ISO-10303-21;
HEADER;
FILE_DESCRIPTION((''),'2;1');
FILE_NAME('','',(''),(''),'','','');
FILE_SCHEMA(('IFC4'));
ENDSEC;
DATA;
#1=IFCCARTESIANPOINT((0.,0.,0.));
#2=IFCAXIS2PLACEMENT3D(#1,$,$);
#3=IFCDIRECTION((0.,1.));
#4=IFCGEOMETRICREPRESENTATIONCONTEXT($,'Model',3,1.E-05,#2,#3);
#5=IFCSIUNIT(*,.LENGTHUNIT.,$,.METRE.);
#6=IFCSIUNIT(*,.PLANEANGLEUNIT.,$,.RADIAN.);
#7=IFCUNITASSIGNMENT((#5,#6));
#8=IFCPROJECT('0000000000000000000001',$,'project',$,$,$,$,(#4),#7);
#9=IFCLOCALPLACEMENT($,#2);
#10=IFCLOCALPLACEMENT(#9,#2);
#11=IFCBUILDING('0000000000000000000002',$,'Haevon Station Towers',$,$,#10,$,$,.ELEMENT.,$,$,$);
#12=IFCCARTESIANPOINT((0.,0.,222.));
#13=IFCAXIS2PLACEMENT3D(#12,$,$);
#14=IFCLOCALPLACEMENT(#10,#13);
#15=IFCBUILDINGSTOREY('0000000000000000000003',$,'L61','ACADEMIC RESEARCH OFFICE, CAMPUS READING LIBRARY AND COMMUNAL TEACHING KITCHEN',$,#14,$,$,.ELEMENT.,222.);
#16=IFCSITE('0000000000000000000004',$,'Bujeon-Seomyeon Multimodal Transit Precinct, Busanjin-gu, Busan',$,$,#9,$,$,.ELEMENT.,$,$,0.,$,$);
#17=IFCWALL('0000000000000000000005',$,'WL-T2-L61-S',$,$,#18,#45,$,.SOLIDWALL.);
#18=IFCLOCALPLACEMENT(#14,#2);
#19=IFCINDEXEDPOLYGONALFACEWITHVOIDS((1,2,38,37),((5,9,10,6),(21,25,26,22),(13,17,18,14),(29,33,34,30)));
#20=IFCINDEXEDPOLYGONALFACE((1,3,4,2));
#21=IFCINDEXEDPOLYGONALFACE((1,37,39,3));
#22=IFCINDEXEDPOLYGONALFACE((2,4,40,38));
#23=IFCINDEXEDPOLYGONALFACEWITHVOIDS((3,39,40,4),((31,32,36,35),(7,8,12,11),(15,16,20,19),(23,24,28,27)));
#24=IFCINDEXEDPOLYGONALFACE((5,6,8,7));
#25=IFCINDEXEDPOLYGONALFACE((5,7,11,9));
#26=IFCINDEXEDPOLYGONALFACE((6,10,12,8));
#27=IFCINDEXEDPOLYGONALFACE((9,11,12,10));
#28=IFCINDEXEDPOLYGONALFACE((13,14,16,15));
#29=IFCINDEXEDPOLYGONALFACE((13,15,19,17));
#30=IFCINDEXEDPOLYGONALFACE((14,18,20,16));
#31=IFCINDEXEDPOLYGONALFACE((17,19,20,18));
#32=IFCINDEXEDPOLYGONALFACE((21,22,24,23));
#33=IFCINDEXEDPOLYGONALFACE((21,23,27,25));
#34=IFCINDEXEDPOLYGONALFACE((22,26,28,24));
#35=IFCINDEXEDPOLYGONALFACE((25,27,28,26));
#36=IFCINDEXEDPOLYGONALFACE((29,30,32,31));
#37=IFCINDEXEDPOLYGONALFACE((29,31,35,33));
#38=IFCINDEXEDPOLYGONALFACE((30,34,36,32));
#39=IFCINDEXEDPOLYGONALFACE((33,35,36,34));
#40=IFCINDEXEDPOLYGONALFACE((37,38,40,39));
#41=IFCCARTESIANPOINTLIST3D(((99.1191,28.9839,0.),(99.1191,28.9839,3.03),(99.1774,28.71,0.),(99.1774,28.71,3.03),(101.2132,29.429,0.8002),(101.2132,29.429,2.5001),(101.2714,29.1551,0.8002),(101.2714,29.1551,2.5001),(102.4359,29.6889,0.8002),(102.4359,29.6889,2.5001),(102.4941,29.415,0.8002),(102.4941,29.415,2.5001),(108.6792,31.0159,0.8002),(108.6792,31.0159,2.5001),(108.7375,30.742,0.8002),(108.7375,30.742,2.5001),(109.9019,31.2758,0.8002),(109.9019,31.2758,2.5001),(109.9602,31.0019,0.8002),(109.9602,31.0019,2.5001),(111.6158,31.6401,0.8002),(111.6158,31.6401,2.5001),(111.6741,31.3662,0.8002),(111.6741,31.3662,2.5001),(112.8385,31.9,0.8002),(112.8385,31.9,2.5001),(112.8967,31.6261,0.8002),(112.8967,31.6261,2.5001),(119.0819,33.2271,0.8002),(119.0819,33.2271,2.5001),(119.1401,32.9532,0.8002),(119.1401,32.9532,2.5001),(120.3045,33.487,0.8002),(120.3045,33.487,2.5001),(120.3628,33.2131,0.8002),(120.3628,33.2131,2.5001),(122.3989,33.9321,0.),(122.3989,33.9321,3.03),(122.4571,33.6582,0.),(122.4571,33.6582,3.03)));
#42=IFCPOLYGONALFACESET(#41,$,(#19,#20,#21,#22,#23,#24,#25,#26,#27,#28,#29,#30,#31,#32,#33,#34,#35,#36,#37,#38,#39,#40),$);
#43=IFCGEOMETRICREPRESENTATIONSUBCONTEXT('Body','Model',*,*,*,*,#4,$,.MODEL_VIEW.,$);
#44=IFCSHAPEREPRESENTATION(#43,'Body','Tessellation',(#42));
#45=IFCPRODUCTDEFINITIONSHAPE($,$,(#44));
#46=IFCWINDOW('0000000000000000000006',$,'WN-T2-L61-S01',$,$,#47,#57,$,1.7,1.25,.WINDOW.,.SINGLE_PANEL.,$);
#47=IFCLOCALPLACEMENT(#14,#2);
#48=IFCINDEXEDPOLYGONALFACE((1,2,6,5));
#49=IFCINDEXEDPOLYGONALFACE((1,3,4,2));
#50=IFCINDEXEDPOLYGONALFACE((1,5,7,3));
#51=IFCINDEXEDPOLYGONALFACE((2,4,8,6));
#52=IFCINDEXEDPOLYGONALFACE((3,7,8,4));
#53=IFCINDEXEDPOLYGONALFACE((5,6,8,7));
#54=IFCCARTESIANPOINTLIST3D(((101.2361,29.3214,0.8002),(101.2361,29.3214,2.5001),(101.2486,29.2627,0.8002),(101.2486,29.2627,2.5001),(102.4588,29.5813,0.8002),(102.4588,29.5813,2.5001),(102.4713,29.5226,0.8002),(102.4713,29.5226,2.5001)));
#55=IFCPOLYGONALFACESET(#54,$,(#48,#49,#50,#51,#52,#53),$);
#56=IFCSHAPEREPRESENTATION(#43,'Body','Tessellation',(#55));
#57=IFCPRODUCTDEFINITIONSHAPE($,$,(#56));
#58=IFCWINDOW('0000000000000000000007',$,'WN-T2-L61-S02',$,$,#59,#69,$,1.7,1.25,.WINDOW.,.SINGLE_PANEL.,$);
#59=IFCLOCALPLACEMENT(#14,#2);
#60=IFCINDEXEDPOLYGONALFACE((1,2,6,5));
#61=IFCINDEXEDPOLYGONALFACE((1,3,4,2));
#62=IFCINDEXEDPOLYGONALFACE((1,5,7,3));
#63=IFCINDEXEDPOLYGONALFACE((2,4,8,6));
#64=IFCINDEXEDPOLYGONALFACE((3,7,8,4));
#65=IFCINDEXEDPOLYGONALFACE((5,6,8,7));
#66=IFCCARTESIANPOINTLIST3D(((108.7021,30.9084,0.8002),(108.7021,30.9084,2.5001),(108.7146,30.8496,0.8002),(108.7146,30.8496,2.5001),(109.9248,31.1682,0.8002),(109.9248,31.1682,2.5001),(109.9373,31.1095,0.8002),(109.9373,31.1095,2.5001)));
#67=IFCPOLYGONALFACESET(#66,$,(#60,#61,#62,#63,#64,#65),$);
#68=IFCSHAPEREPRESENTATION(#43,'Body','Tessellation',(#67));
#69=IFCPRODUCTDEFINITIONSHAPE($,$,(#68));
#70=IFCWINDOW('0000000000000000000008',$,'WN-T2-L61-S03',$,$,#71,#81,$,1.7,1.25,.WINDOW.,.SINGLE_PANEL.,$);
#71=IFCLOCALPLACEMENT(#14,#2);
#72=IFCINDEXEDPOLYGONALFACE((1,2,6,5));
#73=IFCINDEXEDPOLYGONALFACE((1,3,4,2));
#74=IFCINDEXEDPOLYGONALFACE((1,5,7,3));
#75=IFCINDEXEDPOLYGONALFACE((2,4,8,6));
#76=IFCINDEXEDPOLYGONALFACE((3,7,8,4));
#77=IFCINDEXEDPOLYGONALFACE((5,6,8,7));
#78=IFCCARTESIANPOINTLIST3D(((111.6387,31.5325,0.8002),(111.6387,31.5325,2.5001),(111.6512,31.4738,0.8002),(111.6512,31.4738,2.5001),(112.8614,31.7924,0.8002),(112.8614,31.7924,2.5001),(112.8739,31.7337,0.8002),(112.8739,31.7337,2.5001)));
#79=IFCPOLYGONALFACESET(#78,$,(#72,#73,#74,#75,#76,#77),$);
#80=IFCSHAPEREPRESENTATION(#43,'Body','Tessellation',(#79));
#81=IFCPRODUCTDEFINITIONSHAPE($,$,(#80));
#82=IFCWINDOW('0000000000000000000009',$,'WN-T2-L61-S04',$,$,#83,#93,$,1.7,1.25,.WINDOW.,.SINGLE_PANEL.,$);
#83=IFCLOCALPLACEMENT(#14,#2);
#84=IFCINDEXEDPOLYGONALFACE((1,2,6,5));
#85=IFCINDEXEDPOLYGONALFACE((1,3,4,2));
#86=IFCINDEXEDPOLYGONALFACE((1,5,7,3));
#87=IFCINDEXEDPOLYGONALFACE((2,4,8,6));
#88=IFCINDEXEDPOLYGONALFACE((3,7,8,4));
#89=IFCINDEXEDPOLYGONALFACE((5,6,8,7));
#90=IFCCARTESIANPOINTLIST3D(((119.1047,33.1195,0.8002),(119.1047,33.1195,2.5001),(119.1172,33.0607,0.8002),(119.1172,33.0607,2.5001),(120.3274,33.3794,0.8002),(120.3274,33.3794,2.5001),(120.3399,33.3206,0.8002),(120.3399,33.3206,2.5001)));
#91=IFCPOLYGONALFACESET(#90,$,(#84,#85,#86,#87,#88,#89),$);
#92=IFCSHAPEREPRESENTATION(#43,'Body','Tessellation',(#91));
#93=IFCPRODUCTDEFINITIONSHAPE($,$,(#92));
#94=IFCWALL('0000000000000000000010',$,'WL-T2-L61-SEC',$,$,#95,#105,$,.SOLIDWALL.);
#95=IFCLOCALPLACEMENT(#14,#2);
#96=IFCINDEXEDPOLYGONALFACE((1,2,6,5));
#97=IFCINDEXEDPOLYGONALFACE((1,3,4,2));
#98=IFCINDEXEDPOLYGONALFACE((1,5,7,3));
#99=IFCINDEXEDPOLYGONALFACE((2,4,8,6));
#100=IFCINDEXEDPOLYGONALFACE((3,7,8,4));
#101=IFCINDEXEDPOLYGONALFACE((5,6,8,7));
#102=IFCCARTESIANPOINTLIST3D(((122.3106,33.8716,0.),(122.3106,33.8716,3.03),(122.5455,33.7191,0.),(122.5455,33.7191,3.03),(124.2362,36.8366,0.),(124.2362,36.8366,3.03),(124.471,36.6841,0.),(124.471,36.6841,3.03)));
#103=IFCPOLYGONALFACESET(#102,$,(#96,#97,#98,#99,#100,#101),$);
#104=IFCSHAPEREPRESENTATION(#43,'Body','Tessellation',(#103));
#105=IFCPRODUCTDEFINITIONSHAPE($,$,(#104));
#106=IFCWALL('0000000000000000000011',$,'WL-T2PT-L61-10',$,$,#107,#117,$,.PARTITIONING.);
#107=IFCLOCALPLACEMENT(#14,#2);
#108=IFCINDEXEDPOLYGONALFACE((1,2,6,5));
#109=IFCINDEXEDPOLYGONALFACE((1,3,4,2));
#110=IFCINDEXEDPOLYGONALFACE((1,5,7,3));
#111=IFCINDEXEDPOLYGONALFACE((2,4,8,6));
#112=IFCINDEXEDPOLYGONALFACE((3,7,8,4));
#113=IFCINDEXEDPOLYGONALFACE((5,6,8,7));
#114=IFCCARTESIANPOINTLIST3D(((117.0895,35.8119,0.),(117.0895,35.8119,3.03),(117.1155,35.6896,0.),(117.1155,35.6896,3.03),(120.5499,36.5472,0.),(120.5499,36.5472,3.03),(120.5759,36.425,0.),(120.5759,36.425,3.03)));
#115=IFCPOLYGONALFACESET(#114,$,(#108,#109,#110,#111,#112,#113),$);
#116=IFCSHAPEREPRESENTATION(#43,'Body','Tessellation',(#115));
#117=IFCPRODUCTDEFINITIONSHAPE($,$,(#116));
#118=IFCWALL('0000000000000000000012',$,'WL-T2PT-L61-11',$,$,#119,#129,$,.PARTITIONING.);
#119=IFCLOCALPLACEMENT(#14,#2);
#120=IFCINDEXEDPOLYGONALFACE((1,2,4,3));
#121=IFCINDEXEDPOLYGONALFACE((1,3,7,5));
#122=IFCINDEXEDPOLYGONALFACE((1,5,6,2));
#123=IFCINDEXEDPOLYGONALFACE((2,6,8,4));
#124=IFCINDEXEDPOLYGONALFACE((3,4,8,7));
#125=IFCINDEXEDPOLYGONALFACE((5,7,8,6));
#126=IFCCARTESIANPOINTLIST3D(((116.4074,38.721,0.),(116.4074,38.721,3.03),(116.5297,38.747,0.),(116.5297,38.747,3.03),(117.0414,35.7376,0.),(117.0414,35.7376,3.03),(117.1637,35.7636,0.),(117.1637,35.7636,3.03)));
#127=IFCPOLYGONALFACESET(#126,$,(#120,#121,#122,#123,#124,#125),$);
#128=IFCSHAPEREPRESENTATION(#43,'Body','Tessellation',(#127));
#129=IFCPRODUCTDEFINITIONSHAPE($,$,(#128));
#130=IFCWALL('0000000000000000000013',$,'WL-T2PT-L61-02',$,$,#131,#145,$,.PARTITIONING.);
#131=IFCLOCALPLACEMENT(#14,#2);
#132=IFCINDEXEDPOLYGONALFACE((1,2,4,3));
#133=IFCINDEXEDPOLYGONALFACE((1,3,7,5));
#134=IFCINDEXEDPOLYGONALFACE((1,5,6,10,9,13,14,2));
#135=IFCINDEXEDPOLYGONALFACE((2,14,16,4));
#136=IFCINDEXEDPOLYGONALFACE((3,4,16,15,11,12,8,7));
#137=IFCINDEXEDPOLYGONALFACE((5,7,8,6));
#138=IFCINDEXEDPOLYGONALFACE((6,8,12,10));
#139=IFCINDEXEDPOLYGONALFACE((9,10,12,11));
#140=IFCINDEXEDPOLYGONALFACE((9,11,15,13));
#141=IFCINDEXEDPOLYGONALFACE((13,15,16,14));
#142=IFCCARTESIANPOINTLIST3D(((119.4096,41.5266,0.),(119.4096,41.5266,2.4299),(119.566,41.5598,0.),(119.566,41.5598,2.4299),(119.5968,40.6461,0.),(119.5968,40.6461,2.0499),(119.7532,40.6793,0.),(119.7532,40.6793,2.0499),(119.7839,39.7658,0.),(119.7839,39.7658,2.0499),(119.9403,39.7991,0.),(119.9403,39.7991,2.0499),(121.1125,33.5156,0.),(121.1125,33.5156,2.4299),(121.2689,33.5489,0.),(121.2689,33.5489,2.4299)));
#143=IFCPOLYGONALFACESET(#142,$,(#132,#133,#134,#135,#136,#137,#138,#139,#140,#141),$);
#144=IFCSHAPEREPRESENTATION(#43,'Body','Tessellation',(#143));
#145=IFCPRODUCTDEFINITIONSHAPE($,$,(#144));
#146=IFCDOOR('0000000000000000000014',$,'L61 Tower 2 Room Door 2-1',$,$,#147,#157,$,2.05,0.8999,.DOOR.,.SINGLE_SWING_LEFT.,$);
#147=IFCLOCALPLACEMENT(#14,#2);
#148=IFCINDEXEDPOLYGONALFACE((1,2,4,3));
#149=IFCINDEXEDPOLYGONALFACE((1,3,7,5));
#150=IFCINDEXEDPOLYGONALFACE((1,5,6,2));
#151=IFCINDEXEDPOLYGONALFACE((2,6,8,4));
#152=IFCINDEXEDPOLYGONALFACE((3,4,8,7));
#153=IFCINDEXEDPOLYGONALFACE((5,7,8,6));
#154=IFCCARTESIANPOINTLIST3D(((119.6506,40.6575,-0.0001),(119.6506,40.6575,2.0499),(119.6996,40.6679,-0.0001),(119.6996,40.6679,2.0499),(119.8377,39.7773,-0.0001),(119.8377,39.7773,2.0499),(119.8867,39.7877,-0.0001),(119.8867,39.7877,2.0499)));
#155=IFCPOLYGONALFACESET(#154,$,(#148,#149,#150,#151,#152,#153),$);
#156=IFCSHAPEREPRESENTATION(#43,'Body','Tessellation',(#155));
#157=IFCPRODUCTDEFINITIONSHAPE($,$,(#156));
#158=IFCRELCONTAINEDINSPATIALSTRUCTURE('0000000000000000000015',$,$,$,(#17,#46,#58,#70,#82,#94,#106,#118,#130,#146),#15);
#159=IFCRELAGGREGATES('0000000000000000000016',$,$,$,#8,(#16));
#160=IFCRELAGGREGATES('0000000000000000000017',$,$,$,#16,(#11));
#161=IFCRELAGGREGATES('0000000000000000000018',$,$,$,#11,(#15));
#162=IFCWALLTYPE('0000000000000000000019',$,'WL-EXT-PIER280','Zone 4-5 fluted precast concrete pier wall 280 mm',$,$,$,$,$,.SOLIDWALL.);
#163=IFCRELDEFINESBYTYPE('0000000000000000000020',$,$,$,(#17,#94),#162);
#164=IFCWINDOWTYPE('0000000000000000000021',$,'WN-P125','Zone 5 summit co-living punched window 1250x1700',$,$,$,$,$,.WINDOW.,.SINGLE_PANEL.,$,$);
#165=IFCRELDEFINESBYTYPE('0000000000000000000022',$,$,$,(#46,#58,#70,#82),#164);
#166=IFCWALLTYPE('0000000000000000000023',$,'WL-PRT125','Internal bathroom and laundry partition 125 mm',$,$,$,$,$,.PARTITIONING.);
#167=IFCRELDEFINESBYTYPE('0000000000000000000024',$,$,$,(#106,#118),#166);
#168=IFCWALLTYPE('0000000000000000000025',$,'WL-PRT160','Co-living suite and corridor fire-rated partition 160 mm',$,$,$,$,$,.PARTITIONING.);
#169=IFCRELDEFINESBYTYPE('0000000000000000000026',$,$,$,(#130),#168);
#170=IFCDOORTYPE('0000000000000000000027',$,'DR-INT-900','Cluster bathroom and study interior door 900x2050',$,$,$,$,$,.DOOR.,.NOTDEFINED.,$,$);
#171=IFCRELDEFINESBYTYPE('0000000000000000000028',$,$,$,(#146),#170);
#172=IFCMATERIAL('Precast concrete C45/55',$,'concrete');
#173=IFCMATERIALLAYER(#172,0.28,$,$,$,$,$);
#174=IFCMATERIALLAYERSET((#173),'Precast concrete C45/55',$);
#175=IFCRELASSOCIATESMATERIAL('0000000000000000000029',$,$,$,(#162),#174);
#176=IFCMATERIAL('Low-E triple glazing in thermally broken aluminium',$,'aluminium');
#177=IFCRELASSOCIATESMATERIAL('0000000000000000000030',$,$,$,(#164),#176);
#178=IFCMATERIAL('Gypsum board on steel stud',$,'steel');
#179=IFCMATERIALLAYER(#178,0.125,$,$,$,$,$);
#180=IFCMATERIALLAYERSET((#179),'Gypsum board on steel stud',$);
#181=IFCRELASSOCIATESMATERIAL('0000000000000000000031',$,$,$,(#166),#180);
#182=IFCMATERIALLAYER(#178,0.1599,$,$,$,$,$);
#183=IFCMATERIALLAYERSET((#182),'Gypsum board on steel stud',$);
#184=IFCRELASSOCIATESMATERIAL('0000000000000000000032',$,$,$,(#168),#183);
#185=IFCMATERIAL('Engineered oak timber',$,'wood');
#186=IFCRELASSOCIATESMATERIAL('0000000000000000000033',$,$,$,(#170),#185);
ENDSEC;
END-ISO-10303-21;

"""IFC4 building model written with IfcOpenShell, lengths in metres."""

from ifc_helpers import new_model, si_unit, direction, frame, frame_2d, origin, place, context, subcontext, project, spatial, rectangle, extrude, material, layer, layer_set, type_object, element, fill, save


model = new_model("IFC4")

# Units and contexts
model_context = context("Model", 3, precision=1e-05, world=origin(), true_north=direction((0.0, 1.0)))
body_context = subcontext(model_context, "Body", "Model", "MODEL_VIEW")
ifc_project = project(units=[si_unit("LENGTHUNIT", "METRE"), si_unit("PLANEANGLEUNIT", "RADIAN")], contexts=[model_context])

# Site, building, storey
site_placement = place(None, origin())
site = spatial("IfcSite", under=ifc_project, at=site_placement, Name="Bujeon-Seomyeon Multimodal Transit Precinct, Busanjin-gu, Busan", CompositionType="ELEMENT", RefElevation=0.0)
building_placement = place(site_placement, origin())
building = spatial("IfcBuilding", under=site, at=building_placement, Name="Haevon Station Towers", CompositionType="ELEMENT")
storey_placement = place(building_placement, frame((0.0, 0.0, 222.0)))
storey = spatial("IfcBuildingStorey", under=building, at=storey_placement, Name="L61", Description="ACADEMIC RESEARCH OFFICE, CAMPUS READING LIBRARY AND COMMUNAL TEACHING KITCHEN", CompositionType="ELEMENT", Elevation=222.0)

# Shared definitions
ifc_material_1 = material(Name="Gypsum board on steel stud", Category="steel")

# Wall, openings, windows
ifc_material_2 = material(Name="Precast concrete C45/55", Category="concrete")
ifc_layer_1 = layer(ifc_material_2, 0.28)
ifc_layer_set_1 = layer_set([ifc_layer_1], Name="Precast concrete C45/55")
wall_type_1 = type_object("IfcWallType", Name="WL-EXT-PIER280", Description="Zone 4-5 fluted precast concrete pier wall 280 mm", PredefinedType="SOLIDWALL", material=ifc_layer_set_1)
wall_1_placement = place(storey_placement, frame((122.428, 33.7952, 0.0), z_axis=(0.0, 0.0, 1.0), x_axis=(-0.978148, -0.207911, 0.0)))
wall_1 = element("IfcWall", 1, at=wall_1_placement, inside=storey, type_object=wall_type_1, Name="WL-T2-L61-S", PredefinedType="SOLIDWALL", context=body_context, shape_type="SweptSolid", body=[
    extrude(rectangle(XDim=23.7998, YDim=0.28, at=frame_2d((11.8999, 0.0))), origin(), (0.0, 0.0, 1.0), 3.03),
])
opening_1_placement = place(wall_1_placement, frame((20.4089, 0.0, 0.8)))
opening_1 = element("IfcOpeningElement", 2, at=opening_1_placement, cuts=wall_1, PredefinedType="OPENING", context=body_context, shape_type="SweptSolid", body=[
    extrude(rectangle(XDim=1.25, YDim=1.7, at=frame_2d((0.625, 0.8501))), frame((0.0, 0.1499, 0.0), z_axis=(0.0, -1.0, 0.0), x_axis=(1.0, 0.0, 0.0)), (0.0, 0.0, 1.0), 0.3),
])
opening_2_placement = place(wall_1_placement, frame((12.7761, 0.0, 0.8)))
opening_2 = element("IfcOpeningElement", 3, at=opening_2_placement, cuts=wall_1, PredefinedType="OPENING", context=body_context, shape_type="SweptSolid", body=[
    extrude(rectangle(XDim=1.25, YDim=1.7, at=frame_2d((0.625, 0.8501))), frame((0.0, 0.1499, 0.0), z_axis=(0.0, -1.0, 0.0), x_axis=(1.0, 0.0, 0.0)), (0.0, 0.0, 1.0), 0.3),
])
opening_3_placement = place(wall_1_placement, frame((9.7739, 0.0, 0.8)))
opening_3 = element("IfcOpeningElement", 4, at=opening_3_placement, cuts=wall_1, PredefinedType="OPENING", context=body_context, shape_type="SweptSolid", body=[
    extrude(rectangle(XDim=1.25, YDim=1.7, at=frame_2d((0.625, 0.8501))), frame((0.0, 0.1499, 0.0), z_axis=(0.0, -1.0, 0.0), x_axis=(1.0, 0.0, 0.0)), (0.0, 0.0, 1.0), 0.3),
])
opening_4_placement = place(wall_1_placement, frame((2.1411, 0.0, 0.8)))
opening_4 = element("IfcOpeningElement", 5, at=opening_4_placement, cuts=wall_1, PredefinedType="OPENING", context=body_context, shape_type="SweptSolid", body=[
    extrude(rectangle(XDim=1.25, YDim=1.7, at=frame_2d((0.625, 0.8501))), frame((0.0, 0.1499, 0.0), z_axis=(0.0, -1.0, 0.0), x_axis=(1.0, 0.0, 0.0)), (0.0, 0.0, 1.0), 0.3),
])
ifc_material_3 = material(Name="Low-E triple glazing in thermally broken aluminium", Category="aluminium")
window_type = type_object("IfcWindowType", Name="WN-P125", Description="Zone 5 summit co-living punched window 1250x1700", PartitioningType="SINGLE_PANEL", PredefinedType="WINDOW", material=ifc_material_3)
window_1_placement = place(opening_1_placement, origin())
window_1 = element("IfcWindow", 6, at=window_1_placement, inside=storey, type_object=window_type, Name="WN-T2-L61-S01", OverallHeight=1.7, OverallWidth=1.25, PartitioningType="SINGLE_PANEL", PredefinedType="WINDOW", context=body_context, shape_type="SweptSolid", body=[
    extrude(rectangle(XDim=1.25, YDim=1.7, at=frame_2d((0.625, 0.8501))), frame((0.0, 0.03, 0.0), z_axis=(0.0, -1.0, 0.0), x_axis=(1.0, 0.0, 0.0)), (0.0, 0.0, 1.0), 0.0601),
])
fill(opening_1, window_1)
window_2_placement = place(opening_2_placement, origin())
window_2 = element("IfcWindow", 7, at=window_2_placement, inside=storey, type_object=window_type, Name="WN-T2-L61-S02", OverallHeight=1.7, OverallWidth=1.25, PartitioningType="SINGLE_PANEL", PredefinedType="WINDOW", context=body_context, shape_type="SweptSolid", body=[
    extrude(rectangle(XDim=1.25, YDim=1.7, at=frame_2d((0.625, 0.8501))), frame((0.0, 0.03, 0.0), z_axis=(0.0, -1.0, 0.0), x_axis=(1.0, 0.0, 0.0)), (0.0, 0.0, 1.0), 0.0601),
])
fill(opening_2, window_2)
window_3_placement = place(opening_3_placement, origin())
window_3 = element("IfcWindow", 8, at=window_3_placement, inside=storey, type_object=window_type, Name="WN-T2-L61-S03", OverallHeight=1.7, OverallWidth=1.25, PartitioningType="SINGLE_PANEL", PredefinedType="WINDOW", context=body_context, shape_type="SweptSolid", body=[
    extrude(rectangle(XDim=1.25, YDim=1.7, at=frame_2d((0.625, 0.8501))), frame((0.0, 0.03, 0.0), z_axis=(0.0, -1.0, 0.0), x_axis=(1.0, 0.0, 0.0)), (0.0, 0.0, 1.0), 0.0601),
])
fill(opening_3, window_3)
window_4_placement = place(opening_4_placement, origin())
window_4 = element("IfcWindow", 9, at=window_4_placement, inside=storey, type_object=window_type, Name="WN-T2-L61-S04", OverallHeight=1.7, OverallWidth=1.25, PartitioningType="SINGLE_PANEL", PredefinedType="WINDOW", context=body_context, shape_type="SweptSolid", body=[
    extrude(rectangle(XDim=1.25, YDim=1.7, at=frame_2d((0.625, 0.8501))), frame((0.0, 0.03, 0.0), z_axis=(0.0, -1.0, 0.0), x_axis=(1.0, 0.0, 0.0)), (0.0, 0.0, 1.0), 0.0601),
])
fill(opening_4, window_4)

# Walls
wall_2_placement = place(storey_placement, frame((124.3535, 36.7603, 0.0), z_axis=(0.0, 0.0, 1.0), x_axis=(-0.544636, -0.838672, 0.0)))
element("IfcWall", 10, at=wall_2_placement, inside=storey, type_object=wall_type_1, Name="WL-T2-L61-SEC", PredefinedType="SOLIDWALL", context=body_context, shape_type="SweptSolid", body=[
    extrude(rectangle(XDim=3.5354, YDim=0.28, at=frame_2d((1.7676, 0.0))), origin(), (0.0, 0.0, 1.0), 3.03),
])
ifc_layer_2 = layer(ifc_material_1, 0.125)
ifc_layer_set_2 = layer_set([ifc_layer_2], Name="Gypsum board on steel stud")
wall_type_2 = type_object("IfcWallType", Name="WL-PRT125", Description="Internal bathroom and laundry partition 125 mm", PredefinedType="PARTITIONING", material=ifc_layer_set_2)
wall_3_placement = place(storey_placement, frame((117.1025, 35.7507, 0.0), z_axis=(0.0, 0.0, 1.0), x_axis=(0.978156, 0.207874, 0.0)))
element("IfcWall", 11, at=wall_3_placement, inside=storey, type_object=wall_type_2, Name="WL-T2PT-L61-10", PredefinedType="PARTITIONING", context=body_context, shape_type="SweptSolid", body=[
    extrude(rectangle(XDim=3.5376, YDim=0.125, at=frame_2d((1.7688, 0.0))), origin(), (0.0, 0.0, 1.0), 3.03),
])
wall_4_placement = place(storey_placement, frame((117.1025, 35.7507, 0.0), z_axis=(0.0, 0.0, 1.0), x_axis=(-0.207878, 0.978155, 0.0)))
element("IfcWall", 12, at=wall_4_placement, inside=storey, type_object=wall_type_2, Name="WL-T2PT-L61-11", PredefinedType="PARTITIONING", context=body_context, shape_type="SweptSolid", body=[
    extrude(rectangle(XDim=3.05, YDim=0.125, at=frame_2d((1.5249, 0.0))), origin(), (0.0, 0.0, 1.0), 3.03),
])

# Wall, opening, door
ifc_layer_3 = layer(ifc_material_1, 0.1599)
ifc_layer_set_3 = layer_set([ifc_layer_3], Name="Gypsum board on steel stud")
wall_type_3 = type_object("IfcWallType", Name="WL-PRT160", Description="Co-living suite and corridor fire-rated partition 160 mm", PredefinedType="PARTITIONING", material=ifc_layer_set_3)
wall_5_placement = place(storey_placement, frame((121.1907, 33.5322, 0.0), z_axis=(0.0, 0.0, 1.0), x_axis=(-0.207923, 0.978145, 0.0)))
wall_5 = element("IfcWall", 13, at=wall_5_placement, inside=storey, type_object=wall_type_3, Name="WL-T2PT-L61-02", PredefinedType="PARTITIONING", context=body_context, shape_type="SweptSolid", body=[
    extrude(rectangle(XDim=8.1899, YDim=0.1599, at=frame_2d((4.095, 0.0))), origin(), (0.0, 0.0, 1.0), 2.4299),
])
opening_5_placement = place(wall_5_placement, frame((6.3899, 0.0, 0.0)))
opening_5 = element("IfcOpeningElement", 14, at=opening_5_placement, cuts=wall_5, PredefinedType="OPENING", context=body_context, shape_type="SweptSolid", body=[
    extrude(rectangle(XDim=0.8999, YDim=2.05, at=frame_2d((0.45, 1.0249))), frame((0.0, 0.0898, 0.0), z_axis=(0.0, -1.0, 0.0), x_axis=(1.0, 0.0, 0.0)), (0.0, 0.0, 1.0), 0.1799),
])
ifc_material_4 = material(Name="Engineered oak timber", Category="wood")
door_type = type_object("IfcDoorType", Name="DR-INT-900", Description="Cluster bathroom and study interior door 900x2050", OperationType="NOTDEFINED", PredefinedType="DOOR", material=ifc_material_4)
door_placement = place(opening_5_placement, origin())
door = element("IfcDoor", 15, at=door_placement, inside=storey, type_object=door_type, Name="L61 Tower 2 Room Door 2-1", OperationType="SINGLE_SWING_LEFT", OverallHeight=2.05, OverallWidth=0.8999, PredefinedType="DOOR", context=body_context, shape_type="SweptSolid", body=[
    extrude(rectangle(XDim=0.8999, YDim=2.05, at=frame_2d((0.45, 1.0249))), frame((0.0, 0.0249, 0.0), z_axis=(0.0, -1.0, 0.0), x_axis=(1.0, 0.0, 0.0)), (0.0, 0.0, 1.0), 0.05),
])
fill(opening_5, door)

save(model, "model.ifc")
